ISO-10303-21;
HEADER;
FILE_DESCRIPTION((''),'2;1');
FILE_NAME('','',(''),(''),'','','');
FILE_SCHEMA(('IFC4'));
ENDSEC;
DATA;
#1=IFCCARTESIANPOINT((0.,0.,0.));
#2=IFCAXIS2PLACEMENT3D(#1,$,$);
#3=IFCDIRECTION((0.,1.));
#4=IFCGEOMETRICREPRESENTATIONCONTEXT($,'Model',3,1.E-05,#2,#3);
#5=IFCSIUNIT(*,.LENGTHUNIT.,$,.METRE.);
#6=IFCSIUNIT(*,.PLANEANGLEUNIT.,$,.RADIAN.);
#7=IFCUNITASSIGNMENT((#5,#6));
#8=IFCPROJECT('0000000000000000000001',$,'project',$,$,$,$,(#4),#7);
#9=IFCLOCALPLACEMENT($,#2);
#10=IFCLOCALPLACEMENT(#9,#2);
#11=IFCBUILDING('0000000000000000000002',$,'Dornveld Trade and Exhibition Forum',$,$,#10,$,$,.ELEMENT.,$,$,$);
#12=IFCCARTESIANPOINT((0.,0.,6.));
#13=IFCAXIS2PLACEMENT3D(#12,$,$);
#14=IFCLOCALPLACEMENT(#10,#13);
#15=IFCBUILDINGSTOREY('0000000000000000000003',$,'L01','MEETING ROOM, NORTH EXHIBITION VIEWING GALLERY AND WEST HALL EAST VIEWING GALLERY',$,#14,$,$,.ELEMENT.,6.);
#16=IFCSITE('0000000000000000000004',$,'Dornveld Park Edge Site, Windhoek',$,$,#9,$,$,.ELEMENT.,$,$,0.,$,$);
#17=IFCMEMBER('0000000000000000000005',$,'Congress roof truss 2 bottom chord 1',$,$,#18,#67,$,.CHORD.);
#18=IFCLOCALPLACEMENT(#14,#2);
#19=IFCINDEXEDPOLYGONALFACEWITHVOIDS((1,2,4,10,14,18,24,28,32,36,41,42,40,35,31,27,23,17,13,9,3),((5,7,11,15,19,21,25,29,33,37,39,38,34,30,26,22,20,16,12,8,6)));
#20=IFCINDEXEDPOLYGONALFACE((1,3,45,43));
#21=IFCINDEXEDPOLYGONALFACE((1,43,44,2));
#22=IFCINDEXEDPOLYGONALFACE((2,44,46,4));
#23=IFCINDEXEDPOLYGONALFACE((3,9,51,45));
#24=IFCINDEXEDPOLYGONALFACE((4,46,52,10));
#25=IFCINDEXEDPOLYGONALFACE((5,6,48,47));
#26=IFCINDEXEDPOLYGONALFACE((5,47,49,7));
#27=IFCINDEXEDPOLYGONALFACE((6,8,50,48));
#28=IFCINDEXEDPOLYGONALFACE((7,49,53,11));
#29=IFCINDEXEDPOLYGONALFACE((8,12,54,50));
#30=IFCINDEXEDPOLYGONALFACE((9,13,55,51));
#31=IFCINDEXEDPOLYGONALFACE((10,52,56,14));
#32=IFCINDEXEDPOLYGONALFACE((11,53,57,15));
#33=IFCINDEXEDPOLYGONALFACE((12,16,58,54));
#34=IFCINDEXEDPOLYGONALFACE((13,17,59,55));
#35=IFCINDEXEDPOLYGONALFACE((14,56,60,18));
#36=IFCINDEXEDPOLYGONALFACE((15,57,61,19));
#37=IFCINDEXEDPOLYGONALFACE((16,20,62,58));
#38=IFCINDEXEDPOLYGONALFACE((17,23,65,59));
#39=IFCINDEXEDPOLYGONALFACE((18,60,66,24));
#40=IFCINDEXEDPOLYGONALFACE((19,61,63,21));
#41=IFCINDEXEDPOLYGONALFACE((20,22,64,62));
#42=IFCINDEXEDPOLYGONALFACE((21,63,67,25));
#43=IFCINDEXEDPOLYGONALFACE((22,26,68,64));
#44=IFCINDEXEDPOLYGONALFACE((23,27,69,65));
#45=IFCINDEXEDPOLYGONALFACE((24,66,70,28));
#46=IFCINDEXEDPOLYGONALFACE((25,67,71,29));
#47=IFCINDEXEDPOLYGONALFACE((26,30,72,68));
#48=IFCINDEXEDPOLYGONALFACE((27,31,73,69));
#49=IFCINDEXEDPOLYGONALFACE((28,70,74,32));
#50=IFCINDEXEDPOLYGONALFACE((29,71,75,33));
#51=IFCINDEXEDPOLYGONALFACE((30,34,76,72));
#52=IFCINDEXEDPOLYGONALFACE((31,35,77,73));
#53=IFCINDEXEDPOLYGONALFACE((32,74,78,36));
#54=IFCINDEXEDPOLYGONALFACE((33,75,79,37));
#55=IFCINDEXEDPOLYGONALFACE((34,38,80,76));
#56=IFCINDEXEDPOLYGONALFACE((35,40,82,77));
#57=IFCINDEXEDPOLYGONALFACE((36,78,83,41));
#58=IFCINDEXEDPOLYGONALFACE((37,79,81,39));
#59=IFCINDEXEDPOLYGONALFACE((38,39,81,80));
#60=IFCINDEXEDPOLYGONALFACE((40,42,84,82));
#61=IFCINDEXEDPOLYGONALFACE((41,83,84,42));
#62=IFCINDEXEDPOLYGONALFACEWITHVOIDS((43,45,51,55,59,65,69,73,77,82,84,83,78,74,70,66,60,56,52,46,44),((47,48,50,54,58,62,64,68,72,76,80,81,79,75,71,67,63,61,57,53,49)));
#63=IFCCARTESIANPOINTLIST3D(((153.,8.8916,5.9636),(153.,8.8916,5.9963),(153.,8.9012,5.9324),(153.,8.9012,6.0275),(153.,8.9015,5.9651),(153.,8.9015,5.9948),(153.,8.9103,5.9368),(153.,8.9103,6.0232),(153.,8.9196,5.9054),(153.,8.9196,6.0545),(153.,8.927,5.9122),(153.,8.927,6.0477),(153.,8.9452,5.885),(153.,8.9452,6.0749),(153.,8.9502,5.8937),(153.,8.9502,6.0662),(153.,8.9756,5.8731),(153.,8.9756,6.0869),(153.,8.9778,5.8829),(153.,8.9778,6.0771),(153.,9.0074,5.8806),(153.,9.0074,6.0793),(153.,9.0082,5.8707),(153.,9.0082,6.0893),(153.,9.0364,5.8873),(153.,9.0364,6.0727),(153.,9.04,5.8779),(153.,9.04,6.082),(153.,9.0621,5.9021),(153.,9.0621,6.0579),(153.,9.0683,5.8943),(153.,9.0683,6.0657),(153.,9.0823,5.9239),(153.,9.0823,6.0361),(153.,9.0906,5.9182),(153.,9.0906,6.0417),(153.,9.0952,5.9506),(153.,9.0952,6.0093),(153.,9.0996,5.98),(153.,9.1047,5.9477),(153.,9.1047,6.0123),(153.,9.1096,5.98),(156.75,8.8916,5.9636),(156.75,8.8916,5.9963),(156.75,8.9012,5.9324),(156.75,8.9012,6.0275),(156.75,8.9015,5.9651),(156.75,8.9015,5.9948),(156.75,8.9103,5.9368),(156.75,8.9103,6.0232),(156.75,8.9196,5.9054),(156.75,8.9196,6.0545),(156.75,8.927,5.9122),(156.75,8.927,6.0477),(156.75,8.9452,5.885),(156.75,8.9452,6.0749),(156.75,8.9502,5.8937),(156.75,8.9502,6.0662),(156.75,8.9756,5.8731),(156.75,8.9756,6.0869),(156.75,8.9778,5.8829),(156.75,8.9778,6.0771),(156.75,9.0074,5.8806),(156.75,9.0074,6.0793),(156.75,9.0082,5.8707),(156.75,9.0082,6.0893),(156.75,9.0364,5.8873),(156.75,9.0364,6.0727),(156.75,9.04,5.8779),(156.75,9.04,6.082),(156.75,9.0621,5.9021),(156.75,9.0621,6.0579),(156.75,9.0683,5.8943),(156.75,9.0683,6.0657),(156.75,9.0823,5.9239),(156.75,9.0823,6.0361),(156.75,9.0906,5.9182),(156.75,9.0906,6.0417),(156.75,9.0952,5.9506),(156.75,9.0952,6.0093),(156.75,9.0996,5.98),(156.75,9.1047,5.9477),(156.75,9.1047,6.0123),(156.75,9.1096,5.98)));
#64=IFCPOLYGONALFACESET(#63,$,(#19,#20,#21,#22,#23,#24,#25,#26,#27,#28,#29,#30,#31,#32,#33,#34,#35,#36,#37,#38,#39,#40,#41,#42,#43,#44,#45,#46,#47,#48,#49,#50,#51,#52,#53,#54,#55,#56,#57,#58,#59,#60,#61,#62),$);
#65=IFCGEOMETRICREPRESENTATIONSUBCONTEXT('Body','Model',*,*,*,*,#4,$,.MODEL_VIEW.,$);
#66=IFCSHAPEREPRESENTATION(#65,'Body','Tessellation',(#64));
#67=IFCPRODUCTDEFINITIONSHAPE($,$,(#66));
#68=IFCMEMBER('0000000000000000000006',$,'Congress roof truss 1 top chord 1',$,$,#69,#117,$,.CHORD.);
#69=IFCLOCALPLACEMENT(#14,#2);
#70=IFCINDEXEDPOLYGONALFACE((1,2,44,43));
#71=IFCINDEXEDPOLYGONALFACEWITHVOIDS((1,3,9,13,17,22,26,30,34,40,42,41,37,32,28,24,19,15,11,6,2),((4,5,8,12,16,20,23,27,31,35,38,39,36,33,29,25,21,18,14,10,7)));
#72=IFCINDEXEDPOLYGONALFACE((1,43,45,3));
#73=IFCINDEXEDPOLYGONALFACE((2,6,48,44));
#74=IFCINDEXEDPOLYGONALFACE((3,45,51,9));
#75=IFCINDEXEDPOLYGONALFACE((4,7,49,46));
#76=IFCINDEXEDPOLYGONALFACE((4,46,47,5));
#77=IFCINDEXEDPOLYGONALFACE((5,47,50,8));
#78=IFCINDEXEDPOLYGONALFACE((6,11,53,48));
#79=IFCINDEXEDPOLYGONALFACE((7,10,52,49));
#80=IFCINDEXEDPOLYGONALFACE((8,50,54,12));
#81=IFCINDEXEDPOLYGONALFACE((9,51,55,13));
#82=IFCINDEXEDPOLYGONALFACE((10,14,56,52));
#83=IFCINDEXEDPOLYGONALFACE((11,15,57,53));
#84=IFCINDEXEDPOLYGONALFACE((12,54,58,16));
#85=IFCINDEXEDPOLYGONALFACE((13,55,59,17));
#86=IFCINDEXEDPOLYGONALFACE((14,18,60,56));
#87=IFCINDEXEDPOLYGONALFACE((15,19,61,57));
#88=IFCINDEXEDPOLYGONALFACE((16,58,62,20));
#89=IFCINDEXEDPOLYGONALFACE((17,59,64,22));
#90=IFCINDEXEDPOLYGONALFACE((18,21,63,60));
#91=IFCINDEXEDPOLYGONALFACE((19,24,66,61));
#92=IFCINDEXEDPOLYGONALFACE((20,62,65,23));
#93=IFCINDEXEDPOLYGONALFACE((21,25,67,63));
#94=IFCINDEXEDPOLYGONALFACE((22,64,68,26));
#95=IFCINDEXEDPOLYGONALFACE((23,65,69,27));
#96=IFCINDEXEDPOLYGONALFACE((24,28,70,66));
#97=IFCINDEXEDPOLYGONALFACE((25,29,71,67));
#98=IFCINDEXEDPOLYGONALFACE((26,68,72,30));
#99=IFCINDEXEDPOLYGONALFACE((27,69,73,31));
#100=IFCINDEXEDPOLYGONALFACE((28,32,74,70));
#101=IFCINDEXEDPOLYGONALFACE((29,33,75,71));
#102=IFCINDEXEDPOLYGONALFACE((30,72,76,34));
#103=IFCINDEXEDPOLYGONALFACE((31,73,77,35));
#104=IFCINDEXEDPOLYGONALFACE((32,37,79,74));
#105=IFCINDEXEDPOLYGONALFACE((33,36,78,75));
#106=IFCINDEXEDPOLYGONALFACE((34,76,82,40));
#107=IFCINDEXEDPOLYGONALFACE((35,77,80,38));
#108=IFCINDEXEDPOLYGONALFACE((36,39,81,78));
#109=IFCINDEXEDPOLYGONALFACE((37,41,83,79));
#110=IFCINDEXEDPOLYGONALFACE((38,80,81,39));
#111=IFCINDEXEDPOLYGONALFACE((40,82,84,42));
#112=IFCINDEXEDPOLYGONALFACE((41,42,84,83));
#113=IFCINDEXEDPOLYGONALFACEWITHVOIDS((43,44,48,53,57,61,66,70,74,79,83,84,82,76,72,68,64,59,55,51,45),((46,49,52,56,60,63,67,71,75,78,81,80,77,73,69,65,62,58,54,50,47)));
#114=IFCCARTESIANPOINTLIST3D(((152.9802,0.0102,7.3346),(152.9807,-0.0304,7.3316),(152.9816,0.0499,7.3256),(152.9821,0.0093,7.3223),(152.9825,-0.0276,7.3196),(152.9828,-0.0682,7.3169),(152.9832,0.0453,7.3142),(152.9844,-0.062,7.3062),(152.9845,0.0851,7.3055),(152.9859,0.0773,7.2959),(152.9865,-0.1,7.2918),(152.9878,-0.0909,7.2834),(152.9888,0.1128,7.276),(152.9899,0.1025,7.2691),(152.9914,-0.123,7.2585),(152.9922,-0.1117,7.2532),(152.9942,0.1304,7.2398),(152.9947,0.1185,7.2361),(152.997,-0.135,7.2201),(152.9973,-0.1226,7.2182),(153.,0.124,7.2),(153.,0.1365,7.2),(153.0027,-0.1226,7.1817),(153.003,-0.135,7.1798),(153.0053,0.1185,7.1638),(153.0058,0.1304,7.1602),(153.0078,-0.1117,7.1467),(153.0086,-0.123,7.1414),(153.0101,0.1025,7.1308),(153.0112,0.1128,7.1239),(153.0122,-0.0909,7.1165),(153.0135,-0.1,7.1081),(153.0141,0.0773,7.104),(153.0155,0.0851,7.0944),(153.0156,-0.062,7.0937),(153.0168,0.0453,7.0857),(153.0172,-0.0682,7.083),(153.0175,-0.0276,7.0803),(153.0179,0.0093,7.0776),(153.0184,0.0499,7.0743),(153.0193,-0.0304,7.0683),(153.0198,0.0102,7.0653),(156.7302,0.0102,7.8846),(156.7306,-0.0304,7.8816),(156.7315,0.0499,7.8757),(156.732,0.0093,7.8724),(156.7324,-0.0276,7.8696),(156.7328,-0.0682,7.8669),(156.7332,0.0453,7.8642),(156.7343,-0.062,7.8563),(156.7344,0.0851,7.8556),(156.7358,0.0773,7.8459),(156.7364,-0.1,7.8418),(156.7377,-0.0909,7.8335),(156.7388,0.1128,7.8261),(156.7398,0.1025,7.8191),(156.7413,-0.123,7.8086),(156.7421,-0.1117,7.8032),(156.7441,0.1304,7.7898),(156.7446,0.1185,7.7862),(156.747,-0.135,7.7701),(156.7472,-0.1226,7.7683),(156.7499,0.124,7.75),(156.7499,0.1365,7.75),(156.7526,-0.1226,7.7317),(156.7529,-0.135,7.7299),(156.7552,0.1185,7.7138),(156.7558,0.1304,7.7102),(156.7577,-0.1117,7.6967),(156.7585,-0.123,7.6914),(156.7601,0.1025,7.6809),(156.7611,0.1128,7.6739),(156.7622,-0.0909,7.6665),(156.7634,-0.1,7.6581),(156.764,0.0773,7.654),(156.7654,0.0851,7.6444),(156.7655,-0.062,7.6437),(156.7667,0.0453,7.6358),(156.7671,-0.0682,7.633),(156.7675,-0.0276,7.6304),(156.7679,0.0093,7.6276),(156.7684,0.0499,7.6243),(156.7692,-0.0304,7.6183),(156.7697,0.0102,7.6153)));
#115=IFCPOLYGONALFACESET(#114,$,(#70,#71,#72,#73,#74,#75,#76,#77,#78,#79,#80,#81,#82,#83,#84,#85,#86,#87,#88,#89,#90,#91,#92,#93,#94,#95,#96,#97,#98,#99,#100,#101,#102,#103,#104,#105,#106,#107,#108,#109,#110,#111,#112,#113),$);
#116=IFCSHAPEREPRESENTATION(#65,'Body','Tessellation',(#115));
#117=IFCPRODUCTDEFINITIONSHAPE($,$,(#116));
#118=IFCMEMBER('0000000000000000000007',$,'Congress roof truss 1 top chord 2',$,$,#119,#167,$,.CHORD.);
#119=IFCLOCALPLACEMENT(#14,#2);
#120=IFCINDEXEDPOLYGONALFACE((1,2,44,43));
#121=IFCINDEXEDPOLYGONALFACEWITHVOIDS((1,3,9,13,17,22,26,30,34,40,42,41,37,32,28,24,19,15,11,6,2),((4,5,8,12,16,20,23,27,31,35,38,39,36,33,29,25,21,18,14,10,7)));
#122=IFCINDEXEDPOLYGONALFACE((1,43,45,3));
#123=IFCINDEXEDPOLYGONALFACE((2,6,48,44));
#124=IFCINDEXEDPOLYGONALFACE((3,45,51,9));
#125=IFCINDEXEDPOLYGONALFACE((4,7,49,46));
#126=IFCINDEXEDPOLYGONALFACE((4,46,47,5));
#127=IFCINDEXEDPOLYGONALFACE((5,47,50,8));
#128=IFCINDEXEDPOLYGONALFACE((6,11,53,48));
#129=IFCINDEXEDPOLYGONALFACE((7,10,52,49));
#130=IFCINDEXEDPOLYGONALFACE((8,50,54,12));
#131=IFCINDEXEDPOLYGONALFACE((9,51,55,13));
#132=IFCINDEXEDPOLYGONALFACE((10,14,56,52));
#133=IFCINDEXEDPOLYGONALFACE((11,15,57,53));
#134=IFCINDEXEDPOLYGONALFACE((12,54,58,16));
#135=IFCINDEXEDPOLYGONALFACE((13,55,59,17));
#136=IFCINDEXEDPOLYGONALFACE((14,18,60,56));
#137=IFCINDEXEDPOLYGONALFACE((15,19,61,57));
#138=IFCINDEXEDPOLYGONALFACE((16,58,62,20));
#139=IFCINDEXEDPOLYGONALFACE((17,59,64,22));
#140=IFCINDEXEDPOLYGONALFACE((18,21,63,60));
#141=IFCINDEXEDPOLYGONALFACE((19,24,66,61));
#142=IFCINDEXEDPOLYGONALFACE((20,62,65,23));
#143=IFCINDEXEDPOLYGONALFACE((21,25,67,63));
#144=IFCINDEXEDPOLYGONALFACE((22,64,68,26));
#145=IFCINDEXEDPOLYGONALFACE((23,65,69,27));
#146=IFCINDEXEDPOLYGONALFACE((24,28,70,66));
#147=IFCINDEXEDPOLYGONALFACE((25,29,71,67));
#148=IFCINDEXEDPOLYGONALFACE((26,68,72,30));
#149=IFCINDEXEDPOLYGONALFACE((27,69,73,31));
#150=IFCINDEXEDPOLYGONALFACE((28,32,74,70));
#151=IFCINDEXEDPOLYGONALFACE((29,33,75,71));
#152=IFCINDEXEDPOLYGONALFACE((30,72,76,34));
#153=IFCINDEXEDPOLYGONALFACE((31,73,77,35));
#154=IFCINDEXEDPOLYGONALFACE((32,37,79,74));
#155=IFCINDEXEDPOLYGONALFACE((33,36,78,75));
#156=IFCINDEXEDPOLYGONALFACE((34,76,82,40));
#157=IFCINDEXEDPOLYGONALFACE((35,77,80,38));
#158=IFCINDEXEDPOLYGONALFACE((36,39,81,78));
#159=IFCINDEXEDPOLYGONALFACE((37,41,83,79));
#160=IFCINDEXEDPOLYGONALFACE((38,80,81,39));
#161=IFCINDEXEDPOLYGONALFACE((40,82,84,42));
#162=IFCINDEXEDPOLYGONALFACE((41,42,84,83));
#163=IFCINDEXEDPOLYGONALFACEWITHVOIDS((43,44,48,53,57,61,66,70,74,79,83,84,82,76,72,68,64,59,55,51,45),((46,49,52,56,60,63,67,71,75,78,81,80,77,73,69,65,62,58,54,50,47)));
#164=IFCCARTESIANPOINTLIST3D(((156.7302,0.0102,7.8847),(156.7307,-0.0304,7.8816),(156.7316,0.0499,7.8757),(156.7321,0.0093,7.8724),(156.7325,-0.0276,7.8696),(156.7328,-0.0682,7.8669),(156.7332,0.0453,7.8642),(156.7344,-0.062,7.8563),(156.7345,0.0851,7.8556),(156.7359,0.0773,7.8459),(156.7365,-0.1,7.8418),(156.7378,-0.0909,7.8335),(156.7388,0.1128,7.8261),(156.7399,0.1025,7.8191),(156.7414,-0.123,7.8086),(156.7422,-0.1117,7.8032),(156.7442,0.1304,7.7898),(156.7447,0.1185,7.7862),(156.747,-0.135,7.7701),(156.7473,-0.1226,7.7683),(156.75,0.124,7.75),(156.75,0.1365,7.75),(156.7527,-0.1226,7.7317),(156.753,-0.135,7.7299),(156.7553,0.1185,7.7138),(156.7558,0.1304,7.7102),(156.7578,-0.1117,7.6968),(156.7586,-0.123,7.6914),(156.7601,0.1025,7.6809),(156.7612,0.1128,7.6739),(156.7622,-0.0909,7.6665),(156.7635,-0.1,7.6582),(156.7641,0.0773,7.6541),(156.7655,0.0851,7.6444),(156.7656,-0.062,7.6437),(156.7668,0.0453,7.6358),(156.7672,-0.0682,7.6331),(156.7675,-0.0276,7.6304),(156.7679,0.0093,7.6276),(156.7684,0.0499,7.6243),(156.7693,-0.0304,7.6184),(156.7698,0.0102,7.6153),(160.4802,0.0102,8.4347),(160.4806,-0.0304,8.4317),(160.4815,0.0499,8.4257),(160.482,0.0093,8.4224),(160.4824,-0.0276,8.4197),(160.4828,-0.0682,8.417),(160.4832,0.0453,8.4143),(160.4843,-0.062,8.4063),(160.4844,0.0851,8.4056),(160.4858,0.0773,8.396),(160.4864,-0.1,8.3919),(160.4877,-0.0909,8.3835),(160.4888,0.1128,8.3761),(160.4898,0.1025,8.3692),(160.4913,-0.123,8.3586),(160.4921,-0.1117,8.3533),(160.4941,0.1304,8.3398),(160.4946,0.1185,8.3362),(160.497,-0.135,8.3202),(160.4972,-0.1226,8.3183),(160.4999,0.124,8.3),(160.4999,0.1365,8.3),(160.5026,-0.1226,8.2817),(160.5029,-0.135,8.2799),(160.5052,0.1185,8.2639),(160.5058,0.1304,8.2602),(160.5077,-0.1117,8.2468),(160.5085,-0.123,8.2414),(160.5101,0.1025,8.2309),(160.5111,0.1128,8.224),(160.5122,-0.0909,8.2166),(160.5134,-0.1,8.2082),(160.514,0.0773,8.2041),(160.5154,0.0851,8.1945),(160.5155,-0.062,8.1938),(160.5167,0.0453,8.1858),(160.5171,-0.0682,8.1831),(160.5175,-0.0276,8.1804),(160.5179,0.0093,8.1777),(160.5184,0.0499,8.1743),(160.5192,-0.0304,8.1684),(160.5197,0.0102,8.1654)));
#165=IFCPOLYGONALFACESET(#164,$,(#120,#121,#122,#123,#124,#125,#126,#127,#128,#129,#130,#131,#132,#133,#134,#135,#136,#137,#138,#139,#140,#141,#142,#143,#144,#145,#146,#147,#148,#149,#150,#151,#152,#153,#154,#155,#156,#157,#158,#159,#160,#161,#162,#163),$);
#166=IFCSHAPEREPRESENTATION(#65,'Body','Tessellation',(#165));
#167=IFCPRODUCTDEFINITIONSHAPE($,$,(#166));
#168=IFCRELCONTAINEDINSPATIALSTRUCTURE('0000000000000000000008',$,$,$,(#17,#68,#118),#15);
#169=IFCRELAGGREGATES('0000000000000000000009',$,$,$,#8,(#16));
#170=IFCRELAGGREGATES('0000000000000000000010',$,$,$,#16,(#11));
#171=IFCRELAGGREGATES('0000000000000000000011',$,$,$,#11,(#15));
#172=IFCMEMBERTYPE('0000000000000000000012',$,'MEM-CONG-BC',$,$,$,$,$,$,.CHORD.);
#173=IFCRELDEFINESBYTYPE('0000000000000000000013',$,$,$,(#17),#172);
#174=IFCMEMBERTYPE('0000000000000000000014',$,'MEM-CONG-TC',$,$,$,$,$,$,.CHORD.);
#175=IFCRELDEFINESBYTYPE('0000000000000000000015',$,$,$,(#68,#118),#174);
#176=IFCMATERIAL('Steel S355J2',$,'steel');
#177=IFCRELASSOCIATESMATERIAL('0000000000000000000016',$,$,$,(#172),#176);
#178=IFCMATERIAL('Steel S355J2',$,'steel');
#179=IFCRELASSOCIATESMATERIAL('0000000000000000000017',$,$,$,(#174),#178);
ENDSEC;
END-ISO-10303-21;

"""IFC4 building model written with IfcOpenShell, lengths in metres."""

from ifc_helpers import new_model, si_unit, direction, frame, origin, origin_2d, place, context, subcontext, project, spatial, hollow_circle, extrude, material, material_profile, profile_set, type_object, element, save


model = new_model("IFC4")

# Units and contexts
model_context = context("Model", 3, precision=1e-05, world=origin(), true_north=direction((0.0, 1.0)))
body_context = subcontext(model_context, "Body", "Model", "MODEL_VIEW")
ifc_project = project(units=[si_unit("LENGTHUNIT", "METRE"), si_unit("PLANEANGLEUNIT", "RADIAN")], contexts=[model_context])

# Site, building, storey
site_placement = place(None, origin())
site = spatial("IfcSite", under=ifc_project, at=site_placement, Name="Dornveld Park Edge Site, Windhoek", CompositionType="ELEMENT", RefElevation=0.0)
building_placement = place(site_placement, origin())
building = spatial("IfcBuilding", under=site, at=building_placement, Name="Dornveld Trade and Exhibition Forum", CompositionType="ELEMENT")
storey_placement = place(building_placement, frame((0.0, 0.0, 6.0)))
storey = spatial("IfcBuildingStorey", under=building, at=storey_placement, Name="L01", Description="MEETING ROOM, NORTH EXHIBITION VIEWING GALLERY AND WEST HALL EAST VIEWING GALLERY", CompositionType="ELEMENT", Elevation=6.0)

# Members
ifc_material_1 = material(Name="Steel S355J2", Category="steel")
ifc_material_profile_1 = material_profile(ifc_material_1, hollow_circle(Radius=0.1096, WallThickness=0.01, at=origin_2d()), Name="CHS 219.1x10")
ifc_profile_set_1 = profile_set([ifc_material_profile_1], Name="Steel S355J2")
member_type_1 = type_object("IfcMemberType", Name="MEM-CONG-BC", PredefinedType="CHORD", material=ifc_profile_set_1)
for number, where, z_axis, x_axis, name in (
    (1, (153.0, 9.0, 5.98), (1.0, 0.0, 0.0), (0.0, 1.0, 0.0), "Congress roof truss 2 bottom chord 1"),
):
    element("IfcMember", number, at=place(storey_placement, frame(where, z_axis=z_axis, x_axis=x_axis)), inside=storey, type_object=member_type_1, Name=name, PredefinedType="CHORD", context=body_context, shape_type="SweptSolid", body=[
        extrude(hollow_circle(Radius=0.1096, WallThickness=0.01, at=origin_2d()), origin(), (0.0, 0.0, 1.0), 3.75),
    ])
ifc_material_2 = material(Name="Steel S355J2", Category="steel")
ifc_material_profile_2 = material_profile(ifc_material_2, hollow_circle(Radius=0.1365, WallThickness=0.0125, at=origin_2d()), Name="CHS 273x12.5")
ifc_profile_set_2 = profile_set([ifc_material_profile_2], Name="Steel S355J2")
member_type_2 = type_object("IfcMemberType", Name="MEM-CONG-TC", PredefinedType="CHORD", material=ifc_profile_set_2)
for number, where, z_axis, x_axis, name in (
    (2, (153.0, 0.0, 7.2), (0.989413, 0.0, 0.145127), (0.0, 1.0, 0.0), "Congress roof truss 1 top chord 1"),
    (3, (156.75, 0.0, 7.75), (0.989413, 0.0, 0.145127), (0.0, 1.0, 0.0), "Congress roof truss 1 top chord 2"),
):
    element("IfcMember", number, at=place(storey_placement, frame(where, z_axis=z_axis, x_axis=x_axis)), inside=storey, type_object=member_type_2, Name=name, PredefinedType="CHORD", context=body_context, shape_type="SweptSolid", body=[
        extrude(hollow_circle(Radius=0.1365, WallThickness=0.0125, at=origin_2d()), origin(), (0.0, 0.0, 1.0), 3.79),
    ])

save(model, "model.ifc")
